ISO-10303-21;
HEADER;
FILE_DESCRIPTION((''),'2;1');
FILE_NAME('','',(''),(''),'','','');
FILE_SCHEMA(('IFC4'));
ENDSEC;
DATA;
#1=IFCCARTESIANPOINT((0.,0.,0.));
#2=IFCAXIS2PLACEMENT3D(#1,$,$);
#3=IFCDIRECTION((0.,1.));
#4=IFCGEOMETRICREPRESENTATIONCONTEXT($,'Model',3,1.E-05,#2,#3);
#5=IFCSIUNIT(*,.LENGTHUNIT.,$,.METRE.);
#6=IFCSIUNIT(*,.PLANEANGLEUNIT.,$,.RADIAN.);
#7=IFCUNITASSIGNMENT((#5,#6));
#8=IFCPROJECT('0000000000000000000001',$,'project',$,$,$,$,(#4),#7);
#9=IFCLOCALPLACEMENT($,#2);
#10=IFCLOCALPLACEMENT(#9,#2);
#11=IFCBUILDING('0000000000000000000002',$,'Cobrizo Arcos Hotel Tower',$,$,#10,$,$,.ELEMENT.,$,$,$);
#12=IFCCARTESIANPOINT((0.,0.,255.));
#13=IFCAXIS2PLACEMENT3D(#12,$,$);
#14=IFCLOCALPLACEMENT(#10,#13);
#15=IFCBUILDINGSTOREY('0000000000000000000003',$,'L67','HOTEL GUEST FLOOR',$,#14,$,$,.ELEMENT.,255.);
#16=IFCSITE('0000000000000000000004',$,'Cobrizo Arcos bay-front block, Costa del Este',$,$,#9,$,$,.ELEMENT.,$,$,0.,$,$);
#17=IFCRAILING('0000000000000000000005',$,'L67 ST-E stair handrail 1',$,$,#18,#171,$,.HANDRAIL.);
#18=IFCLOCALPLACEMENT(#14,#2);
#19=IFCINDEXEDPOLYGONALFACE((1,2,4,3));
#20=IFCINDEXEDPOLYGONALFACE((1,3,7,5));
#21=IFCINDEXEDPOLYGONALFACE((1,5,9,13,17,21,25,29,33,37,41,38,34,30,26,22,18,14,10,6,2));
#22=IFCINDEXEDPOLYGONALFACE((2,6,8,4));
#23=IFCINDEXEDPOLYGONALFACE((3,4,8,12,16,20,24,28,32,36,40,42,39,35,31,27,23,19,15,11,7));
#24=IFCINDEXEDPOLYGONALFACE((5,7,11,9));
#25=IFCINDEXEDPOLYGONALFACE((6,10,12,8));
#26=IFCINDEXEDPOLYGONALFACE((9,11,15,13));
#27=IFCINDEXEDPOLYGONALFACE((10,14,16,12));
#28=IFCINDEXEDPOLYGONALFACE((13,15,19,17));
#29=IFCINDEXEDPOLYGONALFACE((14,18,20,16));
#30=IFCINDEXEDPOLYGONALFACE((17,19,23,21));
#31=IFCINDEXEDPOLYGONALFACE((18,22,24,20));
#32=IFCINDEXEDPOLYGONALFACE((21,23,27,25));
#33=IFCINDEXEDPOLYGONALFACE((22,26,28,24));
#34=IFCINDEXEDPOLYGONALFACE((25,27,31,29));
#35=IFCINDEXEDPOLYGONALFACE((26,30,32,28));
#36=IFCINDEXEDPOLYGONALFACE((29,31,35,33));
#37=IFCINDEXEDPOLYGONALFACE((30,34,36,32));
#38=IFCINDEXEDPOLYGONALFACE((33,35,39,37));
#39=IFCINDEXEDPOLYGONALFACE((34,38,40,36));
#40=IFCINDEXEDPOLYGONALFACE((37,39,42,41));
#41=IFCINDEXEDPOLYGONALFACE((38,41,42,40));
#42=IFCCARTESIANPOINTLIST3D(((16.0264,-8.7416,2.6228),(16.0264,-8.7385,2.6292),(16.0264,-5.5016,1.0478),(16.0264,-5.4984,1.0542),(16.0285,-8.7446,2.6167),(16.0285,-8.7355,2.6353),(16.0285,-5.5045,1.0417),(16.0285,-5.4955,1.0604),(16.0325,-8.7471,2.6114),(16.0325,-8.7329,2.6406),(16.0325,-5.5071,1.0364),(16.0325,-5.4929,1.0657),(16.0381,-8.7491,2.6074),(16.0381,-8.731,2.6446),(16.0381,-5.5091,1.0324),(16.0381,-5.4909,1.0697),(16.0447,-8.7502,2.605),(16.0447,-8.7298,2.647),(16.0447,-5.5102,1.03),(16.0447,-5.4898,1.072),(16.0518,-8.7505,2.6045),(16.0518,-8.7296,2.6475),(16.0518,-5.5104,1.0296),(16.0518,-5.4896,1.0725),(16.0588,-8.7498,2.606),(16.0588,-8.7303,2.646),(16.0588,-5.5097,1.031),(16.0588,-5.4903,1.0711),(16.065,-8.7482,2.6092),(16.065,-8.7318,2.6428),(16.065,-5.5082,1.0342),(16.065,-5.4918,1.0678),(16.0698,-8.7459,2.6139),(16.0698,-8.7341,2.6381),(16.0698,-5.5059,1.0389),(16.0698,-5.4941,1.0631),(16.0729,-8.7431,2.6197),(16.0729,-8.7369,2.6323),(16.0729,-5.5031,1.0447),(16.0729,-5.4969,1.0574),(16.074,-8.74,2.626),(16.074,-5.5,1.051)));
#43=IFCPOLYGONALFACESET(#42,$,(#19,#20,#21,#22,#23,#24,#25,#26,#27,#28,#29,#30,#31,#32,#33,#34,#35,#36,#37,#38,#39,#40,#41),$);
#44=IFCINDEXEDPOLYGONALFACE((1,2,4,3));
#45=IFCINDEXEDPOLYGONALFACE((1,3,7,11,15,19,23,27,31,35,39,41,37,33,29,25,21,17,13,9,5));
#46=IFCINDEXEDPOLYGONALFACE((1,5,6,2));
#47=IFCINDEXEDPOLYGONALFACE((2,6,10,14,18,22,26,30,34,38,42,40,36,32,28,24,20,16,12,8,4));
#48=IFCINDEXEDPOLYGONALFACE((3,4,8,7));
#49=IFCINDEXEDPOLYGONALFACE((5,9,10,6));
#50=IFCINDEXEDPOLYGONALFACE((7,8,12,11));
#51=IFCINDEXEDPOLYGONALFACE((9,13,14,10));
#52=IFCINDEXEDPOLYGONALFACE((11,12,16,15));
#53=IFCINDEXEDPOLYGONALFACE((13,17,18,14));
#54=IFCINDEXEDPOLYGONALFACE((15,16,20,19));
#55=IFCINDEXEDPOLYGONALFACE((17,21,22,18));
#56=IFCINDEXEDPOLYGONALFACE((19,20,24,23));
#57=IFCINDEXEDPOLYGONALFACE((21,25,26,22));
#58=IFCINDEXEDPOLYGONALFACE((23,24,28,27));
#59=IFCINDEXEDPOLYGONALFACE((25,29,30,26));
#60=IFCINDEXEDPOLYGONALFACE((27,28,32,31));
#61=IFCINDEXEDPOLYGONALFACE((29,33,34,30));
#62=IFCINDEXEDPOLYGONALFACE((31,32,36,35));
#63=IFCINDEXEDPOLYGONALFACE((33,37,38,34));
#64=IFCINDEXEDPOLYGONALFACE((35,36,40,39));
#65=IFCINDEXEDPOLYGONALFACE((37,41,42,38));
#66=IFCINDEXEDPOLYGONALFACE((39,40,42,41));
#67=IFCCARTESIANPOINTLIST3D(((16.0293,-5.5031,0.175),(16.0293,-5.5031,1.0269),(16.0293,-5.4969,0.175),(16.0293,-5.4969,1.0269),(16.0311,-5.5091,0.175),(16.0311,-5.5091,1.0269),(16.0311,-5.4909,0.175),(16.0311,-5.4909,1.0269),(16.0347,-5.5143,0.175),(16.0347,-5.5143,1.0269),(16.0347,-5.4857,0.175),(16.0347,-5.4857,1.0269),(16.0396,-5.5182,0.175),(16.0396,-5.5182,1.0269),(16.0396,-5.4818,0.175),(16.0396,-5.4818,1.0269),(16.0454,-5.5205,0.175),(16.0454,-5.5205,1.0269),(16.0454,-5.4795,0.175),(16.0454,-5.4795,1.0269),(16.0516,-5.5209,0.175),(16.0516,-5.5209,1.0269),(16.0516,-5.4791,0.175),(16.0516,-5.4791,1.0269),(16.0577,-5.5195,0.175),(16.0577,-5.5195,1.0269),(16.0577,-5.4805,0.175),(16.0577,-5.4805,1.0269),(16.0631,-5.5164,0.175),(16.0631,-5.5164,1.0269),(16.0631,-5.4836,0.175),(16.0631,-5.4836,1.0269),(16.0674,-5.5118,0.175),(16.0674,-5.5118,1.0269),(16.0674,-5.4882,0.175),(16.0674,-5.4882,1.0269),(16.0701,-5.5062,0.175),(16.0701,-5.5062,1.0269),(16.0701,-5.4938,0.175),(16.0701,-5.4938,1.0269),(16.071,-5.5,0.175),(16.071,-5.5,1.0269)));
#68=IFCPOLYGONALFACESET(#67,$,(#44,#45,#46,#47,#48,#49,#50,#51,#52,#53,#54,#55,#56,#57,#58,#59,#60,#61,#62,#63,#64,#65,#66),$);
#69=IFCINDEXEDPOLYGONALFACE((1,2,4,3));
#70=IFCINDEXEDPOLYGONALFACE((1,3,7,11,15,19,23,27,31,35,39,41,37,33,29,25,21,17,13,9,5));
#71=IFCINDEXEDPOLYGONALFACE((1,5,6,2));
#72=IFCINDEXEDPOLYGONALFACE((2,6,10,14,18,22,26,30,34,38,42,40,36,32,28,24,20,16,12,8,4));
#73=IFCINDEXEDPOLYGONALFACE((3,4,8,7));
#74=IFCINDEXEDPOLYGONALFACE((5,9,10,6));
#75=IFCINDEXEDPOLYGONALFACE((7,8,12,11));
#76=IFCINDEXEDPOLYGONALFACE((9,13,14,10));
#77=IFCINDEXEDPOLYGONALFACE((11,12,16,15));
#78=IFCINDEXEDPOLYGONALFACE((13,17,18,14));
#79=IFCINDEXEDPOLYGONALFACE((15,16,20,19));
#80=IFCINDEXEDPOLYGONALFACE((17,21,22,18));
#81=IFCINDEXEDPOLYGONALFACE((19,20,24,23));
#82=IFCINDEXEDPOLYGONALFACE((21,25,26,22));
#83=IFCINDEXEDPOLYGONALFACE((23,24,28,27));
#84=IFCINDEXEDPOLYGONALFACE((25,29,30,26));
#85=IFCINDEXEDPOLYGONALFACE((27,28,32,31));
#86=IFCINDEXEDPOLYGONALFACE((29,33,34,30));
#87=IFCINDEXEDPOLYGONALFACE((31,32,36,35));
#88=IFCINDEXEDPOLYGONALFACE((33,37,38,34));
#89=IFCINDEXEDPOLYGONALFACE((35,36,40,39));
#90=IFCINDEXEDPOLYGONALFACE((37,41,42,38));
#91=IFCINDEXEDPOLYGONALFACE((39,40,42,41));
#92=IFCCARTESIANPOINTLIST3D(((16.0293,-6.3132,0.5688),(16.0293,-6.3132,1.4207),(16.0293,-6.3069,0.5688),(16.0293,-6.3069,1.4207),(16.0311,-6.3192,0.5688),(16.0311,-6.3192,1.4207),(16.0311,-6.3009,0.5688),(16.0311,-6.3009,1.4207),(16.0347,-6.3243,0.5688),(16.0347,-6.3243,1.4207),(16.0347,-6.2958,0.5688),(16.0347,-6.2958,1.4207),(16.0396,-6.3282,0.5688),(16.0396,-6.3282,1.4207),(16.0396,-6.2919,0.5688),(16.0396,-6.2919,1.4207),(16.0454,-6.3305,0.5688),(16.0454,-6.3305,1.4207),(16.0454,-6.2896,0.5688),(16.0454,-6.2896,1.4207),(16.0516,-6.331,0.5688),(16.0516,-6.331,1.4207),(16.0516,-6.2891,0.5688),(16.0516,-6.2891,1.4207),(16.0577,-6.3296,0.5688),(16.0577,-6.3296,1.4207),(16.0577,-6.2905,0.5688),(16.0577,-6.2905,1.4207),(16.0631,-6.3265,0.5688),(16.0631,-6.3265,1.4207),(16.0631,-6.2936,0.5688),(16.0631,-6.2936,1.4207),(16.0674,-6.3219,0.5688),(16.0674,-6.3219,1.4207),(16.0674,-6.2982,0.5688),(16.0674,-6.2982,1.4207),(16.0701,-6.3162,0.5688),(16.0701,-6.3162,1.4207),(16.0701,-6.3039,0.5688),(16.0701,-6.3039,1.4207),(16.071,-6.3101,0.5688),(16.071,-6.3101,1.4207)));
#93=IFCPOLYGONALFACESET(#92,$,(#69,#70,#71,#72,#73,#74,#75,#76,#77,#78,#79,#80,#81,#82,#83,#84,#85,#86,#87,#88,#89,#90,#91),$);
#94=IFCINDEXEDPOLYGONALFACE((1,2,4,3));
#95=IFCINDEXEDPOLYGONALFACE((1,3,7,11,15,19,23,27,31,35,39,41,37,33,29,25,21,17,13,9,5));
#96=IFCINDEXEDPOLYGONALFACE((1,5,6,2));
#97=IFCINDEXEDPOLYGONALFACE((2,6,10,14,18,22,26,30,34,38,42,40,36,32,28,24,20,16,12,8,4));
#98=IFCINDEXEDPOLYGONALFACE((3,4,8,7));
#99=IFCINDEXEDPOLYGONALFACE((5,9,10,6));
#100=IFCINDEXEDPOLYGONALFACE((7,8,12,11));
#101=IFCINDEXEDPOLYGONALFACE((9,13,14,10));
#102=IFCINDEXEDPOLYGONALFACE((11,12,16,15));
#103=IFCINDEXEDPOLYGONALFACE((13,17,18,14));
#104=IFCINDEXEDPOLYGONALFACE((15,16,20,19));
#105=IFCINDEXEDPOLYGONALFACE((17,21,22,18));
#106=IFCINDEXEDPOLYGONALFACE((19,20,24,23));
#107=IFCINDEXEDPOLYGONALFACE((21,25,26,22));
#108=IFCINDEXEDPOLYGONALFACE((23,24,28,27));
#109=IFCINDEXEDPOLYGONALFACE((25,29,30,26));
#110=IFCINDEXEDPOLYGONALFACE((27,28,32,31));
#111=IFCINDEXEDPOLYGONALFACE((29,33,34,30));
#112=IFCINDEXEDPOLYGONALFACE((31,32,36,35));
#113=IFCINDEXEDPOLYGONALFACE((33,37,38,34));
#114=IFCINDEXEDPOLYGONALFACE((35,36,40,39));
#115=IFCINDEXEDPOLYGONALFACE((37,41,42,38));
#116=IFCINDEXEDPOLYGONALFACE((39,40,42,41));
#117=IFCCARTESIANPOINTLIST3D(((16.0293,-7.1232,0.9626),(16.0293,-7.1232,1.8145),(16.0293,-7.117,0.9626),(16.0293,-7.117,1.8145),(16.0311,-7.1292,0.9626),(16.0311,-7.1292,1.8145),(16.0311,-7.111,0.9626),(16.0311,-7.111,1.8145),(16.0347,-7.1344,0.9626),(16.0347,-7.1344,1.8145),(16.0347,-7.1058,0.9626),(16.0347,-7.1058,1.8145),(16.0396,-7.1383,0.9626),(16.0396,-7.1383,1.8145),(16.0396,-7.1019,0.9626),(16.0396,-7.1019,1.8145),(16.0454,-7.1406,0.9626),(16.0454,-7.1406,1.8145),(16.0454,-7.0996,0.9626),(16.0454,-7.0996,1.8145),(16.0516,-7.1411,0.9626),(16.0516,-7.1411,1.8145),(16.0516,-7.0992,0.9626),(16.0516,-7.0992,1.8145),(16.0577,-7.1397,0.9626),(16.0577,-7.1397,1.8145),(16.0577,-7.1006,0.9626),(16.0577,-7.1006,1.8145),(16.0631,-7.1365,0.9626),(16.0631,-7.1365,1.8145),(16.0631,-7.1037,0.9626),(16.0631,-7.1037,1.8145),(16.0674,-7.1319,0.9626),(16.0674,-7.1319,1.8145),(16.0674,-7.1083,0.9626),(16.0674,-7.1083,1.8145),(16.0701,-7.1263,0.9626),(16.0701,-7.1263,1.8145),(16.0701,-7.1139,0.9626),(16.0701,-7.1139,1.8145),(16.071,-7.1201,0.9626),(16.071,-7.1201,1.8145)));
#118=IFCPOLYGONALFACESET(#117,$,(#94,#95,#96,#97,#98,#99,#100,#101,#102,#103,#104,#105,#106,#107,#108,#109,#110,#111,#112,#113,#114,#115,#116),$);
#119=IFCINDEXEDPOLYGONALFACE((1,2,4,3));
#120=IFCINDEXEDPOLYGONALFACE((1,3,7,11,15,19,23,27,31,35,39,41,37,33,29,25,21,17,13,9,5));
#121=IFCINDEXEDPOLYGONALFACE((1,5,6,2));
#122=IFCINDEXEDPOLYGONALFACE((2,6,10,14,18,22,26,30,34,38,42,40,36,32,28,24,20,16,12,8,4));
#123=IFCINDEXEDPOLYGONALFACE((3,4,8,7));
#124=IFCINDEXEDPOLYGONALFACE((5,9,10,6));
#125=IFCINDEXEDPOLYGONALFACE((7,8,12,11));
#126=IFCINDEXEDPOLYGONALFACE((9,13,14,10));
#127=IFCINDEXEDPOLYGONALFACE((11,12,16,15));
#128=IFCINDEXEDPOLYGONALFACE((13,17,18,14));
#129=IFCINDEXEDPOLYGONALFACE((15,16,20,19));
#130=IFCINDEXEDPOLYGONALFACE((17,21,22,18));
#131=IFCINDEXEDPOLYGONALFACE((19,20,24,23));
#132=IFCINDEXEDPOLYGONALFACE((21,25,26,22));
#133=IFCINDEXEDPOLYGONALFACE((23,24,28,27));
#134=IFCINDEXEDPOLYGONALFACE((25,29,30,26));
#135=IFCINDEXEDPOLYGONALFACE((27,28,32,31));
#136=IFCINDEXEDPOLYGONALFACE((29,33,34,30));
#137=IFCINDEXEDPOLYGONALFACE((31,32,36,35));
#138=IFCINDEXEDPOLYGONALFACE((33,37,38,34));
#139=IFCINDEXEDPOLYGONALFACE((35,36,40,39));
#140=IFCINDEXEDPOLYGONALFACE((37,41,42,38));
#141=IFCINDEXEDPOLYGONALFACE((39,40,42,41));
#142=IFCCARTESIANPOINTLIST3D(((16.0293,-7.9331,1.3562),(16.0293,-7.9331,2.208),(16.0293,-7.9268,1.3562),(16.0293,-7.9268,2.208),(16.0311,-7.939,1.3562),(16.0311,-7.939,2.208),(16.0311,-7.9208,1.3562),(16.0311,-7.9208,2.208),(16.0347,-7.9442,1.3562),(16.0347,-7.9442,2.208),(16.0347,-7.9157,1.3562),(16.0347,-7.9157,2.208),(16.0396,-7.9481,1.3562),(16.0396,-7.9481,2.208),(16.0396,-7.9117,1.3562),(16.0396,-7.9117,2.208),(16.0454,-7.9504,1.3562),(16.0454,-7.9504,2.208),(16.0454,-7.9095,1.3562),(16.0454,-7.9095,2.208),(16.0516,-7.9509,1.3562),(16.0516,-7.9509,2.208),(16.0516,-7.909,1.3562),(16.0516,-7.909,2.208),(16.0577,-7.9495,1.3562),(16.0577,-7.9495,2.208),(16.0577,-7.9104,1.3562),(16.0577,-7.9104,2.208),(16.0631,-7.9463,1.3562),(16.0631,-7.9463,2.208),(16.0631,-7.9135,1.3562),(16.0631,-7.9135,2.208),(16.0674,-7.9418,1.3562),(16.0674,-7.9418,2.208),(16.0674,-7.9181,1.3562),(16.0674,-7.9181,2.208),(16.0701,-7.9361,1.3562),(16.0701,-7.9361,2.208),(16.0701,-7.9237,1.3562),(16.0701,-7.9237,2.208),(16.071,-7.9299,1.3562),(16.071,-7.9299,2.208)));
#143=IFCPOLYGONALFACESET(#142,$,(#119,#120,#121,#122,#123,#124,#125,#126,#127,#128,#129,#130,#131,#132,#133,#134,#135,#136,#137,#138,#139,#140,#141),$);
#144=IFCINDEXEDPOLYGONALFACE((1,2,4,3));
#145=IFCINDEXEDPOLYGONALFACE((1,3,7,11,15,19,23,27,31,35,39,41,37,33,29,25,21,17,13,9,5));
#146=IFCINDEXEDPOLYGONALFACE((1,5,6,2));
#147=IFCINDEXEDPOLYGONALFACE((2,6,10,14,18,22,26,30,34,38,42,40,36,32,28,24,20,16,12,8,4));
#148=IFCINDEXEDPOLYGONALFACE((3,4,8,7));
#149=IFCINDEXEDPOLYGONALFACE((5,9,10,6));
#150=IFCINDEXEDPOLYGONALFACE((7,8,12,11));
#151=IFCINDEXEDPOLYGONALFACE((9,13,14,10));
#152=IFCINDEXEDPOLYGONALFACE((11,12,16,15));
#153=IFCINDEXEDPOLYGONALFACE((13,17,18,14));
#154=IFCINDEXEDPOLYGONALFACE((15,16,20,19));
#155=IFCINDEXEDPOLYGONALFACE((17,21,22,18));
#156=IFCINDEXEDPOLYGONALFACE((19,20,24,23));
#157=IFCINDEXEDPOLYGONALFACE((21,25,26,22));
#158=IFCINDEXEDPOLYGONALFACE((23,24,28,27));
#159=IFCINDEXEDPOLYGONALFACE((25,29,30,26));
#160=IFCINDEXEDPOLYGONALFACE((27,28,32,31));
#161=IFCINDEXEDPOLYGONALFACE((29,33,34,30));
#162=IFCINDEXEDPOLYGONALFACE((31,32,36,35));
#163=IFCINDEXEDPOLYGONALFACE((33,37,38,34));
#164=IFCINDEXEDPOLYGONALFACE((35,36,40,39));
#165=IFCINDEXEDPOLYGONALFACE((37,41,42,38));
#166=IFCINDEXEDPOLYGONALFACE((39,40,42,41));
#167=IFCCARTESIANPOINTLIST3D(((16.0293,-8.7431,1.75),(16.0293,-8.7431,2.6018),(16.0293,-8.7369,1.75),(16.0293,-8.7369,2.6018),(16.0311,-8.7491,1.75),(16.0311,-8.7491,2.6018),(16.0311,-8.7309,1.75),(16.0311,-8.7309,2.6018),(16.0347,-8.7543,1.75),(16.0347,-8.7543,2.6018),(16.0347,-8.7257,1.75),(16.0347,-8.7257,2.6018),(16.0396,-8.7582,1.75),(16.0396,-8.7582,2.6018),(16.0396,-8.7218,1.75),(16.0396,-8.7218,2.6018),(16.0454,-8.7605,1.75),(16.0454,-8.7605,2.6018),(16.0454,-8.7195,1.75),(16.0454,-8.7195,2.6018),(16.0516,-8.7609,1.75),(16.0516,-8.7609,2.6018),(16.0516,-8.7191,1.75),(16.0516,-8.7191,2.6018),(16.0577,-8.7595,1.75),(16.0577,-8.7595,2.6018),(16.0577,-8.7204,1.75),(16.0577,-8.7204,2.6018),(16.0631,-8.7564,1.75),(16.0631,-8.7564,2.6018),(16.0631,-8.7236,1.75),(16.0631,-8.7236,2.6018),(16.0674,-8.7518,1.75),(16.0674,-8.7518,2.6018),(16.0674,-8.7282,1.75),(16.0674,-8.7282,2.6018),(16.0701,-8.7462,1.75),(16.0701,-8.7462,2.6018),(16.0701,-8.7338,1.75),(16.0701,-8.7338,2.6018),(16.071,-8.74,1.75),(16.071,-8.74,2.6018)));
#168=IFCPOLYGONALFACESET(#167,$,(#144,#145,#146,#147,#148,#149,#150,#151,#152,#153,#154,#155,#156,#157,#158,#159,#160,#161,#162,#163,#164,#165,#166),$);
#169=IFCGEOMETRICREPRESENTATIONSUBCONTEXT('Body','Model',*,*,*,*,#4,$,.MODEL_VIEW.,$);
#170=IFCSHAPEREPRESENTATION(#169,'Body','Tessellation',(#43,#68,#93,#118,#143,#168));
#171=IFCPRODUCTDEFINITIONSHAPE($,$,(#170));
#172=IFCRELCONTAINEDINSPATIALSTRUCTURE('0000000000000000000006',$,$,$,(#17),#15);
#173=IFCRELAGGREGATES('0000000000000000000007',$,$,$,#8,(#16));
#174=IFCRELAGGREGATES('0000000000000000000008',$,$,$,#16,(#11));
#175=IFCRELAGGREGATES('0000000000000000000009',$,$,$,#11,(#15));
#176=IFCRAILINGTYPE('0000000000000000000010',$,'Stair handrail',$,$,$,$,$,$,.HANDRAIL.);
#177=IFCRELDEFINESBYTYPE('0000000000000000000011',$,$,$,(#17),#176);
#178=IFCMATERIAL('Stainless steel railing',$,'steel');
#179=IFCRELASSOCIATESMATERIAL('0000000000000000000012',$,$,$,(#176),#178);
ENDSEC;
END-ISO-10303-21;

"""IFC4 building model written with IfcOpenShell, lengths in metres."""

from ifc_helpers import new_model, si_unit, direction, frame, origin, origin_2d, place, context, subcontext, project, spatial, circle, extrude, material, type_object, element, save


model = new_model("IFC4")

# Units and contexts
model_context = context("Model", 3, precision=1e-05, world=origin(), true_north=direction((0.0, 1.0)))
body_context = subcontext(model_context, "Body", "Model", "MODEL_VIEW")
ifc_project = project(units=[si_unit("LENGTHUNIT", "METRE"), si_unit("PLANEANGLEUNIT", "RADIAN")], contexts=[model_context])

# Site, building, storey
site_placement = place(None, origin())
site = spatial("IfcSite", under=ifc_project, at=site_placement, Name="Cobrizo Arcos bay-front block, Costa del Este", CompositionType="ELEMENT", RefElevation=0.0)
building_placement = place(site_placement, origin())
building = spatial("IfcBuilding", under=site, at=building_placement, Name="Cobrizo Arcos Hotel Tower", CompositionType="ELEMENT")
storey_placement = place(building_placement, frame((0.0, 0.0, 255.0)))
storey = spatial("IfcBuildingStorey", under=building, at=storey_placement, Name="L67", Description="HOTEL GUEST FLOOR", CompositionType="ELEMENT", Elevation=255.0)

# Railing
ifc_material_1 = material(Name="Stainless steel railing", Category="steel")
railing_type_1 = type_object("IfcRailingType", Name="Stair handrail", PredefinedType="HANDRAIL", material=ifc_material_1)
railing_1_placement = place(storey_placement, frame((16.05, -5.5, 0.175)))
element("IfcRailing", 1, at=railing_1_placement, inside=storey, type_object=railing_type_1, Name="L67 ST-E stair handrail 1", PredefinedType="HANDRAIL", context=body_context, shape_type="SweptSolid", body=[
    extrude(circle(Radius=0.0239, at=origin_2d()), frame((0.0, 0.0, 0.876), z_axis=(0.0, -0.899373, 0.437183), x_axis=(1.0, 0.0, 0.0)), (0.0, 0.0, 1.0), 3.6025),
    extrude(circle(Radius=0.021, at=origin_2d()), origin(), (0.0, 0.0, 1.0), 0.8518),
    extrude(circle(Radius=0.021, at=origin_2d()), frame((0.0, -0.8101, 0.3938)), (0.0, 0.0, 1.0), 0.8518),
    extrude(circle(Radius=0.021, at=origin_2d()), frame((0.0, -1.6201, 0.7876)), (0.0, 0.0, 1.0), 0.8518),
    extrude(circle(Radius=0.021, at=origin_2d()), frame((0.0, -2.4299, 1.1812)), (0.0, 0.0, 1.0), 0.8518),
    extrude(circle(Radius=0.021, at=origin_2d()), frame((0.0, -3.24, 1.575)), (0.0, 0.0, 1.0), 0.8518),
])

save(model, "model.ifc")
